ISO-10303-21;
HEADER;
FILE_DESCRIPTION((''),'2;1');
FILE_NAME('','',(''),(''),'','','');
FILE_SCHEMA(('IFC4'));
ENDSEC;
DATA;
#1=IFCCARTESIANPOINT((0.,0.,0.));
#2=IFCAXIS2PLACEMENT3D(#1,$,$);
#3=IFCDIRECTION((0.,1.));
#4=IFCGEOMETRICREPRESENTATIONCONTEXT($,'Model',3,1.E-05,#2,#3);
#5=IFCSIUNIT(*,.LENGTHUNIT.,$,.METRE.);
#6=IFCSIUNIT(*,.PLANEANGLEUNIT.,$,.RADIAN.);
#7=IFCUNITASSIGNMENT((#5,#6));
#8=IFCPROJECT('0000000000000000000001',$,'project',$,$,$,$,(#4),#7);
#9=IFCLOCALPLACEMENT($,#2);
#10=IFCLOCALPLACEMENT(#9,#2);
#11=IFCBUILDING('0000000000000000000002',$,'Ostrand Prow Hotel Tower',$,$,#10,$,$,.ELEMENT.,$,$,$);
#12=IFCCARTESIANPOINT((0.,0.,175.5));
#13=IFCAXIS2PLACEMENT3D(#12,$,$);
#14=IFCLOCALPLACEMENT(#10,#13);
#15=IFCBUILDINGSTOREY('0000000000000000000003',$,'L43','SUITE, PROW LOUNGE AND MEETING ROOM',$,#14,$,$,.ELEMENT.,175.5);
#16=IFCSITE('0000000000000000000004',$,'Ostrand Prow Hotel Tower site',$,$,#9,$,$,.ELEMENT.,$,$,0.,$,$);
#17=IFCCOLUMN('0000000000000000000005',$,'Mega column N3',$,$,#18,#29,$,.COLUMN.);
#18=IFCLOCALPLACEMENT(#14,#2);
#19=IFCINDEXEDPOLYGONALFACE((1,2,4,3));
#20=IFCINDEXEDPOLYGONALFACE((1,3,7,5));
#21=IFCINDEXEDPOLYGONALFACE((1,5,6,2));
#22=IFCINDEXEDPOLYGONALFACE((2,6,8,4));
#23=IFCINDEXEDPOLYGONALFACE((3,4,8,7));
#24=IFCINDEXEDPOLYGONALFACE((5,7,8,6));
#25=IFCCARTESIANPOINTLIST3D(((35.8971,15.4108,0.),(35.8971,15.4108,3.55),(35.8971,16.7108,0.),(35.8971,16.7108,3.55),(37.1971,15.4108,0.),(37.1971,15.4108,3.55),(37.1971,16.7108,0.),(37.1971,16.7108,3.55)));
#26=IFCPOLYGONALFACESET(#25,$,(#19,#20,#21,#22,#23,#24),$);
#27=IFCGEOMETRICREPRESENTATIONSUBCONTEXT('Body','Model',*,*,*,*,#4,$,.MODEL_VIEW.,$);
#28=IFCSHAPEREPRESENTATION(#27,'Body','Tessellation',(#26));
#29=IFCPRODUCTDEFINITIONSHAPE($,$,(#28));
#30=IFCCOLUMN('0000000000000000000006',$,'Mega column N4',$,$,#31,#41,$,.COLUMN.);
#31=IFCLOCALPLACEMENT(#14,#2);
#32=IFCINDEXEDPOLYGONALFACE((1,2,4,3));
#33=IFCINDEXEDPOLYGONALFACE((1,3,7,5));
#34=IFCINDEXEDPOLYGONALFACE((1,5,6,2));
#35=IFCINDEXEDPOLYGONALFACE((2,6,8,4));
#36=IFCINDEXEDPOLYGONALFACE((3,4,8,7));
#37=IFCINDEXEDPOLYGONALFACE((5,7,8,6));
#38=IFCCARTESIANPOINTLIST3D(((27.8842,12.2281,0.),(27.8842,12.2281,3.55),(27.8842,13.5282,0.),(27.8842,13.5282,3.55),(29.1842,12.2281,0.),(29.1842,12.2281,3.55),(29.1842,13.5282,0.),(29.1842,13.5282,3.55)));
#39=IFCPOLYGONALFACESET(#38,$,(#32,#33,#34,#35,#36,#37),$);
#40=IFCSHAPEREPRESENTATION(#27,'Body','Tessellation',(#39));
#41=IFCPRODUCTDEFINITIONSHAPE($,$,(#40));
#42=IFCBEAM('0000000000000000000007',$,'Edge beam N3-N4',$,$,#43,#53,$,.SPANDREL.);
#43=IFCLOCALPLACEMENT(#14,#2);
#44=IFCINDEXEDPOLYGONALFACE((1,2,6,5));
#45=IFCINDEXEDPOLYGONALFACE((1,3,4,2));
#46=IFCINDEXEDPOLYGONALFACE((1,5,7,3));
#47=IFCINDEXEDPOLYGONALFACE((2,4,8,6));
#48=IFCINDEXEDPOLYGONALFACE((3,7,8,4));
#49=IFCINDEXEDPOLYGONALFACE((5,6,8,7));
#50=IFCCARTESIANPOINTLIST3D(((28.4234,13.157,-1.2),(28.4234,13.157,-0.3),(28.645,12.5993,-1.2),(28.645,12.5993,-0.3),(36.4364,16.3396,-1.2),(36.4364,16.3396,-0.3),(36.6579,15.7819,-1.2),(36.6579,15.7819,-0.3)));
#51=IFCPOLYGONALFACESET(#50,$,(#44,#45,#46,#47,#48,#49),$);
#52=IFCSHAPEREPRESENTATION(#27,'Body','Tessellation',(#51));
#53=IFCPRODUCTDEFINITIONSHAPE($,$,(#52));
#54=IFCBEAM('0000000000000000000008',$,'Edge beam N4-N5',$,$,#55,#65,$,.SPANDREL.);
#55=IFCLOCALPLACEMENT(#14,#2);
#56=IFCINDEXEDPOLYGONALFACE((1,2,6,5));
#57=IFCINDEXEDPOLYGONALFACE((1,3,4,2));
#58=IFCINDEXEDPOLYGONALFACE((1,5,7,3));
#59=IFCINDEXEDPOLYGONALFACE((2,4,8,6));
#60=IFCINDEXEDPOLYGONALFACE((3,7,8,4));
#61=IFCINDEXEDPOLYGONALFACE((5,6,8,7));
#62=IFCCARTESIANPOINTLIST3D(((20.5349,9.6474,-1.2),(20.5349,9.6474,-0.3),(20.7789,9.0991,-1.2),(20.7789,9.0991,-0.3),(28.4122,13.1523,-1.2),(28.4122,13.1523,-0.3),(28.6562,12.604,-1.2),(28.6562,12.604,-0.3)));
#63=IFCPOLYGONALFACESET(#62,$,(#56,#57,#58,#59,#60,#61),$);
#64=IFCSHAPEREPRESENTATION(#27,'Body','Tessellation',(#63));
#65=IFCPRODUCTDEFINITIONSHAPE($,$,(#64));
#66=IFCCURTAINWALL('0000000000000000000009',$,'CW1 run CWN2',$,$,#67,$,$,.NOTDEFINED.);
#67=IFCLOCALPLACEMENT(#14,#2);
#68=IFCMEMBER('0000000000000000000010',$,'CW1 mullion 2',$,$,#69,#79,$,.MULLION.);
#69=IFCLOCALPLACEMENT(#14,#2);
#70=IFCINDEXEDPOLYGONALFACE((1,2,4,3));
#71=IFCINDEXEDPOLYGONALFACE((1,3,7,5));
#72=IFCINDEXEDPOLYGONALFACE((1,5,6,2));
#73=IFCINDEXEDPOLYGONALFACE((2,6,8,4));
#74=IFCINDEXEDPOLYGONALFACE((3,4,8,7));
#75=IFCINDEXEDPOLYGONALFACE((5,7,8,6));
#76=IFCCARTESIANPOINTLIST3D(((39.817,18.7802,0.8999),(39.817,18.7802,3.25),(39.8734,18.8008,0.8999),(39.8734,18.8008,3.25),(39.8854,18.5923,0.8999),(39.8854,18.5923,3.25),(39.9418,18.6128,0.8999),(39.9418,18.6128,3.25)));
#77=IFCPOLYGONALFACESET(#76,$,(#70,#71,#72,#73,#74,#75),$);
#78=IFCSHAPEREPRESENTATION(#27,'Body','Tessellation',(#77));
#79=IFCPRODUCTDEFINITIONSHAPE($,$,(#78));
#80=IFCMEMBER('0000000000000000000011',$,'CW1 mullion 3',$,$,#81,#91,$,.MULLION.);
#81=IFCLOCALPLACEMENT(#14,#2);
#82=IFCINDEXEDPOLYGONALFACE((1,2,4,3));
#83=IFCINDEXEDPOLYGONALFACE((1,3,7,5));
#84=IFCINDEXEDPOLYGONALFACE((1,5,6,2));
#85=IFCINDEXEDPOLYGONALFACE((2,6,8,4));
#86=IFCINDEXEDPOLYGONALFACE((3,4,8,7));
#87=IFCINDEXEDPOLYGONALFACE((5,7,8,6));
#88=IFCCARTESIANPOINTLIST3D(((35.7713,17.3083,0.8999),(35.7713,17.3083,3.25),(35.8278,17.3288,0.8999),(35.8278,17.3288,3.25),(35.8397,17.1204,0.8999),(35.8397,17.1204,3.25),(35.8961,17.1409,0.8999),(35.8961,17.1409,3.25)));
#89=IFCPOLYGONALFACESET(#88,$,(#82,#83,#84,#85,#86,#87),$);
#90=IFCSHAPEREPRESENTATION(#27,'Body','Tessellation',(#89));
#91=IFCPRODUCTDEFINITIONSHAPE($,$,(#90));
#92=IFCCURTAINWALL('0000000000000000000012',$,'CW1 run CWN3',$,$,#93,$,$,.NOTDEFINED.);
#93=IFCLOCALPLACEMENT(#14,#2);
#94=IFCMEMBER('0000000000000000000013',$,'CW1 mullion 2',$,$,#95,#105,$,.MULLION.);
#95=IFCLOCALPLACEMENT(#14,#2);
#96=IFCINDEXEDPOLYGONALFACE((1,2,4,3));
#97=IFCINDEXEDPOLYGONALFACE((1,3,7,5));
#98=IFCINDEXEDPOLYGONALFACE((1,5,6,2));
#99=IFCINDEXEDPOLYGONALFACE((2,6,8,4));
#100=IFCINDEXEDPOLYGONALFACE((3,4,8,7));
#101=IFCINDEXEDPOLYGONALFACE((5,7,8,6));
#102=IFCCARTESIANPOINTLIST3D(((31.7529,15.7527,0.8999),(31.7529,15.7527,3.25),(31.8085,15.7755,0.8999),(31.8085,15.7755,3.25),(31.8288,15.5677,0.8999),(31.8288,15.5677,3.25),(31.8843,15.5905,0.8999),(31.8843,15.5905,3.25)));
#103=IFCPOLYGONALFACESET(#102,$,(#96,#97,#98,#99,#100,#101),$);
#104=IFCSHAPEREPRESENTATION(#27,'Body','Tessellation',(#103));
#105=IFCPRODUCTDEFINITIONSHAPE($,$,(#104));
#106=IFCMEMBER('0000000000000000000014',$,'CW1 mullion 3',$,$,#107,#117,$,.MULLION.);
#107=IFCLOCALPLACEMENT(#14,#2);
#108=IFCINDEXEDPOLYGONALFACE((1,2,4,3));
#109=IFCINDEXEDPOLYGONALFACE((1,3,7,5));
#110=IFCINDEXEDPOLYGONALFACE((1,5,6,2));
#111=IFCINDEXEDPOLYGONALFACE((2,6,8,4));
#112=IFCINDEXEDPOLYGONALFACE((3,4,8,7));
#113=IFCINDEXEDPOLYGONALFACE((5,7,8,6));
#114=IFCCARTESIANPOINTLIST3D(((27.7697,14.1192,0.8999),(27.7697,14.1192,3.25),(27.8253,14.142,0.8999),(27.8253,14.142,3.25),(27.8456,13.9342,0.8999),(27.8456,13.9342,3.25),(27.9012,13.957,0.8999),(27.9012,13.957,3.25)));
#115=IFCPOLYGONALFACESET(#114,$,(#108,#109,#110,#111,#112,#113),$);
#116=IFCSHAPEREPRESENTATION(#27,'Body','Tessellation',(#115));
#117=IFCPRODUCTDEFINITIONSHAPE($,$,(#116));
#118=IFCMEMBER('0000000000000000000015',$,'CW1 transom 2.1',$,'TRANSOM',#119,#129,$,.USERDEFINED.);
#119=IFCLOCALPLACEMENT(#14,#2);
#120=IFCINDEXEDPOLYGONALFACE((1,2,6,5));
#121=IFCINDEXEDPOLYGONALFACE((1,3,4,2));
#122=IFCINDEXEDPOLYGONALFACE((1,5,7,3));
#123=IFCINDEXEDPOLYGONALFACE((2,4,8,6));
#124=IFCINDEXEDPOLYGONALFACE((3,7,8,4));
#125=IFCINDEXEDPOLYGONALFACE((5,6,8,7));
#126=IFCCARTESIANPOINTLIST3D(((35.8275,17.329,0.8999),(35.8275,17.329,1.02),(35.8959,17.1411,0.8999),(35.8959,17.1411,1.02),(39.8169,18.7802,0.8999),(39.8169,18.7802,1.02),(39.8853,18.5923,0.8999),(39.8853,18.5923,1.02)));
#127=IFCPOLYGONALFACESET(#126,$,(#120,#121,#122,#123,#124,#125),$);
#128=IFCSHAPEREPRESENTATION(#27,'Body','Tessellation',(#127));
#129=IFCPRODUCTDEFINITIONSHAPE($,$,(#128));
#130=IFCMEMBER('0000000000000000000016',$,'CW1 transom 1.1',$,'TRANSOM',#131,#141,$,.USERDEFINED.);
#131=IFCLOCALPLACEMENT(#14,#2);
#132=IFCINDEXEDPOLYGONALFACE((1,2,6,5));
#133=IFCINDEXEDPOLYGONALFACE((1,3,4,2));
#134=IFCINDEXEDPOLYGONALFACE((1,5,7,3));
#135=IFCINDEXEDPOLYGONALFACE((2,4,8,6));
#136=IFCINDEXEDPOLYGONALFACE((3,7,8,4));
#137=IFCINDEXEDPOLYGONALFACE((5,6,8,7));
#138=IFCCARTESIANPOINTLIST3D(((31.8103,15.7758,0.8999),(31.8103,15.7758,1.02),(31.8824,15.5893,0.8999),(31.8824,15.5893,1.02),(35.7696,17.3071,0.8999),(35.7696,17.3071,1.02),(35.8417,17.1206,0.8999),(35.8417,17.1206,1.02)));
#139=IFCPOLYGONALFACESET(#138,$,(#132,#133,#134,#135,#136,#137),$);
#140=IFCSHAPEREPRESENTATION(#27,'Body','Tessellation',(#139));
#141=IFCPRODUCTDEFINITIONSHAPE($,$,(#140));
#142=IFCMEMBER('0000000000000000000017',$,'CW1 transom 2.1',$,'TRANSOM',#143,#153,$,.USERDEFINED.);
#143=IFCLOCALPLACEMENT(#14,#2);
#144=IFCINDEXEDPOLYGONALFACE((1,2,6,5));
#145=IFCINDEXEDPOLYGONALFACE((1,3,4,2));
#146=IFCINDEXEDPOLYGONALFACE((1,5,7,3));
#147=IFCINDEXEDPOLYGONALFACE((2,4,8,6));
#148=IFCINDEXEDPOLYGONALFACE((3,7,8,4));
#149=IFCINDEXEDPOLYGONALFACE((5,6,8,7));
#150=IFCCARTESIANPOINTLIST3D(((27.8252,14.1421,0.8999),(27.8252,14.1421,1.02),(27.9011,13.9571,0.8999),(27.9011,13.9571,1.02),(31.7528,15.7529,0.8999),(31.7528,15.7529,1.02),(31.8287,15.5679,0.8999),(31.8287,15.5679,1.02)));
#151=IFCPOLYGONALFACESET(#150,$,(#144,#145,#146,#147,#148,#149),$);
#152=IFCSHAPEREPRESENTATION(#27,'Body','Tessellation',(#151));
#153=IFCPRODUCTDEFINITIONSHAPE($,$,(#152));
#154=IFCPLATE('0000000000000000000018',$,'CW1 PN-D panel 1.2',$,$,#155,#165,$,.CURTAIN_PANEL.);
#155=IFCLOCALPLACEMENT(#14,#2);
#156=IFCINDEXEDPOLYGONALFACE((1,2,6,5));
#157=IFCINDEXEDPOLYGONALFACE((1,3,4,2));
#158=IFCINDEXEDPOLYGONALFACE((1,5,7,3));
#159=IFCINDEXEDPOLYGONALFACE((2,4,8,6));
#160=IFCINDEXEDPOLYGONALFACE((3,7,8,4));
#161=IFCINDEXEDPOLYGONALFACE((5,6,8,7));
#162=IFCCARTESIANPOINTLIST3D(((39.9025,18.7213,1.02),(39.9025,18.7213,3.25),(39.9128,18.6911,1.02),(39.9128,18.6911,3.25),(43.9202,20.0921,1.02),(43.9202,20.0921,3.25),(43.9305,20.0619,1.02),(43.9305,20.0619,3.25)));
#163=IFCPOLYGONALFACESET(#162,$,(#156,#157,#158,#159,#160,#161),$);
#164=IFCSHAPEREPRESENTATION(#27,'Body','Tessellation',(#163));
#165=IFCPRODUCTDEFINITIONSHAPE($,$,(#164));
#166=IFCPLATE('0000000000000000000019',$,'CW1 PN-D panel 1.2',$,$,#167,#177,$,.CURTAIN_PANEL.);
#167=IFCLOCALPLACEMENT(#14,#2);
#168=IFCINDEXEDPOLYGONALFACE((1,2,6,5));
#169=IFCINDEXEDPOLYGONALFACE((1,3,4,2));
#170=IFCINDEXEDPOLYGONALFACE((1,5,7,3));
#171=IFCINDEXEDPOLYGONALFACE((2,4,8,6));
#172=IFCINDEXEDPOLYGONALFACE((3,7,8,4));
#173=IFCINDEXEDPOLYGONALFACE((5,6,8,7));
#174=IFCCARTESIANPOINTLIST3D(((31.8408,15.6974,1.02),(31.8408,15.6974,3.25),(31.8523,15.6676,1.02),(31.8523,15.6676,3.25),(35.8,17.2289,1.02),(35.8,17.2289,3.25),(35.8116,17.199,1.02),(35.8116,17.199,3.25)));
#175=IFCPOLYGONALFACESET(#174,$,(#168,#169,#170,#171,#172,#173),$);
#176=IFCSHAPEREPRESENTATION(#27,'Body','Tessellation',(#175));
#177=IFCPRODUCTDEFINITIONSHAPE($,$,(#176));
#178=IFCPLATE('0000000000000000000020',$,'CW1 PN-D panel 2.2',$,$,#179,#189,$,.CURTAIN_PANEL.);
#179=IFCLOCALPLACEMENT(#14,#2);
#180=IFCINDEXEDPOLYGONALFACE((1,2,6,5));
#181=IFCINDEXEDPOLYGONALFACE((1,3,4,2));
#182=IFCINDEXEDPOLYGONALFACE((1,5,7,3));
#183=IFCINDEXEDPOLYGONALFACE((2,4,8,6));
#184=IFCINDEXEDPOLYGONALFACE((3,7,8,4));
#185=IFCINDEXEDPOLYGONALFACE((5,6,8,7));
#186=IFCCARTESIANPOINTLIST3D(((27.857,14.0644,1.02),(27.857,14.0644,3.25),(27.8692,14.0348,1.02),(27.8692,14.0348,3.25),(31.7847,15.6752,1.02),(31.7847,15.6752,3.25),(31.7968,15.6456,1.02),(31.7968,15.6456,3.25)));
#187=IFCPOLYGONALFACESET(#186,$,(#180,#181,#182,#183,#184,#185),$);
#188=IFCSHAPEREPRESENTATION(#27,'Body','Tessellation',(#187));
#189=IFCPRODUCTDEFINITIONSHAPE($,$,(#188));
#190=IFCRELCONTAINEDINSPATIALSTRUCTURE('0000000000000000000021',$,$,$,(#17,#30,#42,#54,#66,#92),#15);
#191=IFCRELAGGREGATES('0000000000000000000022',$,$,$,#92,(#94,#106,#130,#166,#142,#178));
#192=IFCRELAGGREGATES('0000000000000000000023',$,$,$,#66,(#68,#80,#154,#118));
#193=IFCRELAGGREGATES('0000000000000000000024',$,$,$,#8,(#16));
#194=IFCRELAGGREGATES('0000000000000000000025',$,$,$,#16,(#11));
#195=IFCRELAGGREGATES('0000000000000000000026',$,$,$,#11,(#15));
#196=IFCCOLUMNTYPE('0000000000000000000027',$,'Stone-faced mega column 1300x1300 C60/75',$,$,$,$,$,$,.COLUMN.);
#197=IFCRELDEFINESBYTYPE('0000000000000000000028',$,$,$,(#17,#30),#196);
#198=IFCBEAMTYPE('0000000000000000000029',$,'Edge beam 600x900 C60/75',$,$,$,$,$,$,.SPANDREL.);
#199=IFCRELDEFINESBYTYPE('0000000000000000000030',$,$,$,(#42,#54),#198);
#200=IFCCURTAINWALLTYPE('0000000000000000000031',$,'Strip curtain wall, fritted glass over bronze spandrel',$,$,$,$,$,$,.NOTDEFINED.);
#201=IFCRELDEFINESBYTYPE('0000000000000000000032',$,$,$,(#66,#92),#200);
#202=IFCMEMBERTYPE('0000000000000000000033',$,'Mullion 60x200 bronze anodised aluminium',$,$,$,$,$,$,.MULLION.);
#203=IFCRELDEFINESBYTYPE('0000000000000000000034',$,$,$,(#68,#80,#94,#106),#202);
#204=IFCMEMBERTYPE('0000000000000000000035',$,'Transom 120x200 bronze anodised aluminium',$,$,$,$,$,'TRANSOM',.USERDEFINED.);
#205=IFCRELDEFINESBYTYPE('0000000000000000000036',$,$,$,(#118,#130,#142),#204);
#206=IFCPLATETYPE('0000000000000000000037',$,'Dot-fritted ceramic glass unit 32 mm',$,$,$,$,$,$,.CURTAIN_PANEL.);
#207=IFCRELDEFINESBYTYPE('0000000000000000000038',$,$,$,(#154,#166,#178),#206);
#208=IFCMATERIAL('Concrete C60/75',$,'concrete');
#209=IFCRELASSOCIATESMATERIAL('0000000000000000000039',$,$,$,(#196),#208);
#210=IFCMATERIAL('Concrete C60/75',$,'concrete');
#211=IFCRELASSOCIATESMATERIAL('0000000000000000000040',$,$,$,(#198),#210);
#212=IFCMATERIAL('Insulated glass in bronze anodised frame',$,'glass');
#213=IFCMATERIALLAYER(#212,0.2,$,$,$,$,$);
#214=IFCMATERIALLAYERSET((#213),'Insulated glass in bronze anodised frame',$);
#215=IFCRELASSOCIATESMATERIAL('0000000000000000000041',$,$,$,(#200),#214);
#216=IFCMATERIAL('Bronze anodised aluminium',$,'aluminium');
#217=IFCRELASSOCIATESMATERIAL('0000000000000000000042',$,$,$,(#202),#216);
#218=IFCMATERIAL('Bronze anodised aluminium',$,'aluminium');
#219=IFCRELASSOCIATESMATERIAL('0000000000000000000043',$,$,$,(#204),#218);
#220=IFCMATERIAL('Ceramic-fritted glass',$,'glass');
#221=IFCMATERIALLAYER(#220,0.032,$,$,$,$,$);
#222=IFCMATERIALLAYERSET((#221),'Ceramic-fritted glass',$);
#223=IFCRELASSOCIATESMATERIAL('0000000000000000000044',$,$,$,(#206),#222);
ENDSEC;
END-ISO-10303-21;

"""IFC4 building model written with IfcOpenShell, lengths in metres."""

from ifc_helpers import new_model, si_unit, direction, frame, origin, origin_2d, place, context, subcontext, project, spatial, rectangle, extrude, material, layer, layer_set, material_profile, profile_set, type_object, element, aggregate, save


model = new_model("IFC4")

# Units and contexts
model_context = context("Model", 3, precision=1e-05, world=origin(), true_north=direction((0.0, 1.0)))
body_context = subcontext(model_context, "Body", "Model", "MODEL_VIEW")
ifc_project = project(units=[si_unit("LENGTHUNIT", "METRE"), si_unit("PLANEANGLEUNIT", "RADIAN")], contexts=[model_context])

# Site, building, storey
site_placement = place(None, origin())
site = spatial("IfcSite", under=ifc_project, at=site_placement, Name="Ostrand Prow Hotel Tower site", CompositionType="ELEMENT", RefElevation=0.0)
building_placement = place(site_placement, origin())
building = spatial("IfcBuilding", under=site, at=building_placement, Name="Ostrand Prow Hotel Tower", CompositionType="ELEMENT")
storey_placement = place(building_placement, frame((0.0, 0.0, 175.5)))
storey = spatial("IfcBuildingStorey", under=building, at=storey_placement, Name="L43", Description="SUITE, PROW LOUNGE AND MEETING ROOM", CompositionType="ELEMENT", Elevation=175.5)

# Columns
ifc_material_1 = material(Name="Concrete C60/75", Category="concrete")
ifc_material_profile_1 = material_profile(ifc_material_1, rectangle(XDim=1.3, YDim=1.3, at=origin_2d()), Name="RC 1300x1300")
ifc_profile_set_1 = profile_set([ifc_material_profile_1], Name="Concrete C60/75")
column_type = type_object("IfcColumnType", Name="Stone-faced mega column 1300x1300 C60/75", PredefinedType="COLUMN", material=ifc_profile_set_1)
for number, where, z_axis, x_axis, name in (
    (1, (36.5471, 16.0608, 0.0), (0.0, 0.0, 1.0), (1.0, 0.0, 0.0), "Mega column N3"),
    (2, (28.5342, 12.8782, 0.0), (0.0, 0.0, 1.0), (1.0, 0.0, 0.0), "Mega column N4"),
):
    element("IfcColumn", number, at=place(storey_placement, frame(where, z_axis=z_axis, x_axis=x_axis)), inside=storey, type_object=column_type, Name=name, PredefinedType="COLUMN", context=body_context, shape_type="SweptSolid", body=[
        extrude(rectangle(XDim=1.3, YDim=1.3, at=origin_2d()), origin(), (0.0, 0.0, 1.0), 3.55),
    ])

# Beams
ifc_material_2 = material(Name="Concrete C60/75", Category="concrete")
ifc_material_profile_2 = material_profile(ifc_material_2, rectangle(XDim=0.6001, YDim=0.8999, at=origin_2d()), Name="RC 600x900")
ifc_profile_set_2 = profile_set([ifc_material_profile_2], Name="Concrete C60/75")
beam_type = type_object("IfcBeamType", Name="Edge beam 600x900 C60/75", PredefinedType="SPANDREL", material=ifc_profile_set_2)
for number, where, z_axis, x_axis, name in (
    (3, (36.5471, 16.0608, -0.75), (-0.929376, -0.369134, 0.0), (0.369134, -0.929376, 0.0), "Edge beam N3-N4"),
    (4, (28.5342, 12.8782, -0.75), (-0.913643, -0.406517, 0.0), (0.406517, -0.913643, 0.0), "Edge beam N4-N5"),
):
    element("IfcBeam", number, at=place(storey_placement, frame(where, z_axis=z_axis, x_axis=x_axis)), inside=storey, type_object=beam_type, Name=name, PredefinedType="SPANDREL", context=body_context, shape_type="SweptSolid", body=[
        extrude(rectangle(XDim=0.6001, YDim=0.8999, at=origin_2d()), origin(), (0.0, 0.0, 1.0), 8.6218),
    ])

# Curtain walls, members
ifc_material_3 = material(Name="Insulated glass in bronze anodised frame", Category="glass")
ifc_layer_1 = layer(ifc_material_3, 0.2)
ifc_layer_set_1 = layer_set([ifc_layer_1], Name="Insulated glass in bronze anodised frame")
curtain_wall_type = type_object("IfcCurtainWallType", Name="Strip curtain wall, fritted glass over bronze spandrel", PredefinedType="NOTDEFINED", material=ifc_layer_set_1)
curtain_wall_1_placement = place(storey_placement, origin())
curtain_wall_1 = element("IfcCurtainWall", 5, at=curtain_wall_1_placement, inside=storey, type_object=curtain_wall_type, Name="CW1 run CWN2", PredefinedType="NOTDEFINED")
ifc_material_4 = material(Name="Bronze anodised aluminium", Category="aluminium")
ifc_material_profile_3 = material_profile(ifc_material_4, rectangle(XDim=0.2, YDim=0.0601, at=origin_2d()), Name="Mullion 60x200 bronze anodised aluminium")
ifc_profile_set_3 = profile_set([ifc_material_profile_3], Name="Bronze anodised aluminium")
member_type_1 = type_object("IfcMemberType", Name="Mullion 60x200 bronze anodised aluminium", PredefinedType="MULLION", material=ifc_profile_set_3)
member_1_placement = place(storey_placement, frame((39.8794, 18.6965, 0.8999), z_axis=(0.0, 0.0, 1.0), x_axis=(0.341897, -0.939737, 0.0)))
member_1 = element("IfcMember", 6, at=member_1_placement, type_object=member_type_1, Name="CW1 mullion 2", PredefinedType="MULLION", context=body_context, shape_type="SweptSolid", body=[
    extrude(rectangle(XDim=0.2, YDim=0.0601, at=origin_2d()), origin(), (0.0, 0.0, 1.0), 2.3501),
])
member_2_placement = place(storey_placement, frame((35.8337, 17.2246, 0.8999), z_axis=(0.0, 0.0, 1.0), x_axis=(0.341897, -0.939737, 0.0)))
member_2 = element("IfcMember", 7, at=member_2_placement, type_object=member_type_1, Name="CW1 mullion 3", PredefinedType="MULLION", context=body_context, shape_type="SweptSolid", body=[
    extrude(rectangle(XDim=0.2, YDim=0.0601, at=origin_2d()), origin(), (0.0, 0.0, 1.0), 2.3501),
])
curtain_wall_2_placement = place(storey_placement, origin())
curtain_wall_2 = element("IfcCurtainWall", 8, at=curtain_wall_2_placement, inside=storey, type_object=curtain_wall_type, Name="CW1 run CWN3", PredefinedType="NOTDEFINED")
member_3_placement = place(storey_placement, frame((31.8186, 15.6716, 0.8999), z_axis=(0.0, 0.0, 1.0), x_axis=(0.379453, -0.925211, 0.0)))
member_3 = element("IfcMember", 9, at=member_3_placement, type_object=member_type_1, Name="CW1 mullion 2", PredefinedType="MULLION", context=body_context, shape_type="SweptSolid", body=[
    extrude(rectangle(XDim=0.2, YDim=0.0601, at=origin_2d()), origin(), (0.0, 0.0, 1.0), 2.3501),
])
member_4_placement = place(storey_placement, frame((27.8354, 14.0381, 0.8999), z_axis=(0.0, 0.0, 1.0), x_axis=(0.379453, -0.925211, 0.0)))
member_4 = element("IfcMember", 10, at=member_4_placement, type_object=member_type_1, Name="CW1 mullion 3", PredefinedType="MULLION", context=body_context, shape_type="SweptSolid", body=[
    extrude(rectangle(XDim=0.2, YDim=0.0601, at=origin_2d()), origin(), (0.0, 0.0, 1.0), 2.3501),
])

# Members
ifc_material_5 = material(Name="Bronze anodised aluminium", Category="aluminium")
ifc_material_profile_4 = material_profile(ifc_material_5, rectangle(XDim=0.2, YDim=0.1201, at=origin_2d()), Name="Transom 120x200 bronze anodised aluminium")
ifc_profile_set_4 = profile_set([ifc_material_profile_4], Name="Bronze anodised aluminium")
member_type_2 = type_object("IfcMemberType", Name="Transom 120x200 bronze anodised aluminium", ElementType="TRANSOM", PredefinedType="USERDEFINED", material=ifc_profile_set_4)
member_5_placement = place(storey_placement, frame((39.8511, 18.6863, 0.96), z_axis=(-0.939753, -0.341854, 0.0), x_axis=(0.341854, -0.939753, 0.0)))
member_5 = element("IfcMember", 11, at=member_5_placement, type_object=member_type_2, Name="CW1 transom 2.1", ObjectType="TRANSOM", PredefinedType="USERDEFINED", context=body_context, shape_type="SweptSolid", body=[
    extrude(rectangle(XDim=0.2, YDim=0.1201, at=origin_2d()), origin(), (0.0, 0.0, 1.0), 4.2451),
])
member_6_placement = place(storey_placement, frame((35.8057, 17.2139, 0.96), z_axis=(-0.932675, -0.360717, 0.0), x_axis=(0.360717, -0.932675, 0.0)))
member_6 = element("IfcMember", 12, at=member_6_placement, type_object=member_type_2, Name="CW1 transom 1.1", ObjectType="TRANSOM", PredefinedType="USERDEFINED", context=body_context, shape_type="SweptSolid", body=[
    extrude(rectangle(XDim=0.2, YDim=0.1201, at=origin_2d()), origin(), (0.0, 0.0, 1.0), 4.2451),
])
member_7_placement = place(storey_placement, frame((31.7908, 15.6604, 0.96), z_axis=(-0.925213, -0.379448, 0.0), x_axis=(0.379448, -0.925213, 0.0)))
member_7 = element("IfcMember", 13, at=member_7_placement, type_object=member_type_2, Name="CW1 transom 2.1", ObjectType="TRANSOM", PredefinedType="USERDEFINED", context=body_context, shape_type="SweptSolid", body=[
    extrude(rectangle(XDim=0.2, YDim=0.1201, at=origin_2d()), origin(), (0.0, 0.0, 1.0), 4.2451),
])

# Plates
ifc_material_6 = material(Name="Ceramic-fritted glass", Category="glass")
ifc_layer_2 = layer(ifc_material_6, 0.032)
ifc_layer_set_2 = layer_set([ifc_layer_2], Name="Ceramic-fritted glass")
plate_type_1 = type_object("IfcPlateType", Name="Dot-fritted ceramic glass unit 32 mm", PredefinedType="CURTAIN_PANEL", material=ifc_layer_set_2)
plate_1_placement = place(storey_placement, frame((41.9165, 19.3916, 1.02), z_axis=(0.0, 0.0, 1.0), x_axis=(-0.94643, -0.322908, 0.0)))
plate_1 = element("IfcPlate", 14, at=plate_1_placement, type_object=plate_type_1, Name="CW1 PN-D panel 1.2", PredefinedType="CURTAIN_PANEL", context=body_context, shape_type="SweptSolid", body=[
    extrude(rectangle(XDim=4.2451, YDim=0.032, at=origin_2d()), origin(), (0.0, 0.0, 1.0), 2.23),
])
plate_2_placement = place(storey_placement, frame((33.8262, 16.4482, 1.02), z_axis=(0.0, 0.0, 1.0), x_axis=(-0.932663, -0.360749, 0.0)))
plate_2 = element("IfcPlate", 15, at=plate_2_placement, type_object=plate_type_1, Name="CW1 PN-D panel 1.2", PredefinedType="CURTAIN_PANEL", context=body_context, shape_type="SweptSolid", body=[
    extrude(rectangle(XDim=4.2451, YDim=0.032, at=origin_2d()), origin(), (0.0, 0.0, 1.0), 2.23),
])
plate_3_placement = place(storey_placement, frame((29.8269, 14.855, 1.02), z_axis=(0.0, 0.0, 1.0), x_axis=(-0.925211, -0.379453, 0.0)))
plate_3 = element("IfcPlate", 16, at=plate_3_placement, type_object=plate_type_1, Name="CW1 PN-D panel 2.2", PredefinedType="CURTAIN_PANEL", context=body_context, shape_type="SweptSolid", body=[
    extrude(rectangle(XDim=4.2451, YDim=0.032, at=origin_2d()), origin(), (0.0, 0.0, 1.0), 2.23),
])
aggregate(curtain_wall_2, [member_3, member_4, member_6, plate_2, member_7, plate_3])
aggregate(curtain_wall_1, [member_1, member_2, plate_1, member_5])

save(model, "model.ifc")
